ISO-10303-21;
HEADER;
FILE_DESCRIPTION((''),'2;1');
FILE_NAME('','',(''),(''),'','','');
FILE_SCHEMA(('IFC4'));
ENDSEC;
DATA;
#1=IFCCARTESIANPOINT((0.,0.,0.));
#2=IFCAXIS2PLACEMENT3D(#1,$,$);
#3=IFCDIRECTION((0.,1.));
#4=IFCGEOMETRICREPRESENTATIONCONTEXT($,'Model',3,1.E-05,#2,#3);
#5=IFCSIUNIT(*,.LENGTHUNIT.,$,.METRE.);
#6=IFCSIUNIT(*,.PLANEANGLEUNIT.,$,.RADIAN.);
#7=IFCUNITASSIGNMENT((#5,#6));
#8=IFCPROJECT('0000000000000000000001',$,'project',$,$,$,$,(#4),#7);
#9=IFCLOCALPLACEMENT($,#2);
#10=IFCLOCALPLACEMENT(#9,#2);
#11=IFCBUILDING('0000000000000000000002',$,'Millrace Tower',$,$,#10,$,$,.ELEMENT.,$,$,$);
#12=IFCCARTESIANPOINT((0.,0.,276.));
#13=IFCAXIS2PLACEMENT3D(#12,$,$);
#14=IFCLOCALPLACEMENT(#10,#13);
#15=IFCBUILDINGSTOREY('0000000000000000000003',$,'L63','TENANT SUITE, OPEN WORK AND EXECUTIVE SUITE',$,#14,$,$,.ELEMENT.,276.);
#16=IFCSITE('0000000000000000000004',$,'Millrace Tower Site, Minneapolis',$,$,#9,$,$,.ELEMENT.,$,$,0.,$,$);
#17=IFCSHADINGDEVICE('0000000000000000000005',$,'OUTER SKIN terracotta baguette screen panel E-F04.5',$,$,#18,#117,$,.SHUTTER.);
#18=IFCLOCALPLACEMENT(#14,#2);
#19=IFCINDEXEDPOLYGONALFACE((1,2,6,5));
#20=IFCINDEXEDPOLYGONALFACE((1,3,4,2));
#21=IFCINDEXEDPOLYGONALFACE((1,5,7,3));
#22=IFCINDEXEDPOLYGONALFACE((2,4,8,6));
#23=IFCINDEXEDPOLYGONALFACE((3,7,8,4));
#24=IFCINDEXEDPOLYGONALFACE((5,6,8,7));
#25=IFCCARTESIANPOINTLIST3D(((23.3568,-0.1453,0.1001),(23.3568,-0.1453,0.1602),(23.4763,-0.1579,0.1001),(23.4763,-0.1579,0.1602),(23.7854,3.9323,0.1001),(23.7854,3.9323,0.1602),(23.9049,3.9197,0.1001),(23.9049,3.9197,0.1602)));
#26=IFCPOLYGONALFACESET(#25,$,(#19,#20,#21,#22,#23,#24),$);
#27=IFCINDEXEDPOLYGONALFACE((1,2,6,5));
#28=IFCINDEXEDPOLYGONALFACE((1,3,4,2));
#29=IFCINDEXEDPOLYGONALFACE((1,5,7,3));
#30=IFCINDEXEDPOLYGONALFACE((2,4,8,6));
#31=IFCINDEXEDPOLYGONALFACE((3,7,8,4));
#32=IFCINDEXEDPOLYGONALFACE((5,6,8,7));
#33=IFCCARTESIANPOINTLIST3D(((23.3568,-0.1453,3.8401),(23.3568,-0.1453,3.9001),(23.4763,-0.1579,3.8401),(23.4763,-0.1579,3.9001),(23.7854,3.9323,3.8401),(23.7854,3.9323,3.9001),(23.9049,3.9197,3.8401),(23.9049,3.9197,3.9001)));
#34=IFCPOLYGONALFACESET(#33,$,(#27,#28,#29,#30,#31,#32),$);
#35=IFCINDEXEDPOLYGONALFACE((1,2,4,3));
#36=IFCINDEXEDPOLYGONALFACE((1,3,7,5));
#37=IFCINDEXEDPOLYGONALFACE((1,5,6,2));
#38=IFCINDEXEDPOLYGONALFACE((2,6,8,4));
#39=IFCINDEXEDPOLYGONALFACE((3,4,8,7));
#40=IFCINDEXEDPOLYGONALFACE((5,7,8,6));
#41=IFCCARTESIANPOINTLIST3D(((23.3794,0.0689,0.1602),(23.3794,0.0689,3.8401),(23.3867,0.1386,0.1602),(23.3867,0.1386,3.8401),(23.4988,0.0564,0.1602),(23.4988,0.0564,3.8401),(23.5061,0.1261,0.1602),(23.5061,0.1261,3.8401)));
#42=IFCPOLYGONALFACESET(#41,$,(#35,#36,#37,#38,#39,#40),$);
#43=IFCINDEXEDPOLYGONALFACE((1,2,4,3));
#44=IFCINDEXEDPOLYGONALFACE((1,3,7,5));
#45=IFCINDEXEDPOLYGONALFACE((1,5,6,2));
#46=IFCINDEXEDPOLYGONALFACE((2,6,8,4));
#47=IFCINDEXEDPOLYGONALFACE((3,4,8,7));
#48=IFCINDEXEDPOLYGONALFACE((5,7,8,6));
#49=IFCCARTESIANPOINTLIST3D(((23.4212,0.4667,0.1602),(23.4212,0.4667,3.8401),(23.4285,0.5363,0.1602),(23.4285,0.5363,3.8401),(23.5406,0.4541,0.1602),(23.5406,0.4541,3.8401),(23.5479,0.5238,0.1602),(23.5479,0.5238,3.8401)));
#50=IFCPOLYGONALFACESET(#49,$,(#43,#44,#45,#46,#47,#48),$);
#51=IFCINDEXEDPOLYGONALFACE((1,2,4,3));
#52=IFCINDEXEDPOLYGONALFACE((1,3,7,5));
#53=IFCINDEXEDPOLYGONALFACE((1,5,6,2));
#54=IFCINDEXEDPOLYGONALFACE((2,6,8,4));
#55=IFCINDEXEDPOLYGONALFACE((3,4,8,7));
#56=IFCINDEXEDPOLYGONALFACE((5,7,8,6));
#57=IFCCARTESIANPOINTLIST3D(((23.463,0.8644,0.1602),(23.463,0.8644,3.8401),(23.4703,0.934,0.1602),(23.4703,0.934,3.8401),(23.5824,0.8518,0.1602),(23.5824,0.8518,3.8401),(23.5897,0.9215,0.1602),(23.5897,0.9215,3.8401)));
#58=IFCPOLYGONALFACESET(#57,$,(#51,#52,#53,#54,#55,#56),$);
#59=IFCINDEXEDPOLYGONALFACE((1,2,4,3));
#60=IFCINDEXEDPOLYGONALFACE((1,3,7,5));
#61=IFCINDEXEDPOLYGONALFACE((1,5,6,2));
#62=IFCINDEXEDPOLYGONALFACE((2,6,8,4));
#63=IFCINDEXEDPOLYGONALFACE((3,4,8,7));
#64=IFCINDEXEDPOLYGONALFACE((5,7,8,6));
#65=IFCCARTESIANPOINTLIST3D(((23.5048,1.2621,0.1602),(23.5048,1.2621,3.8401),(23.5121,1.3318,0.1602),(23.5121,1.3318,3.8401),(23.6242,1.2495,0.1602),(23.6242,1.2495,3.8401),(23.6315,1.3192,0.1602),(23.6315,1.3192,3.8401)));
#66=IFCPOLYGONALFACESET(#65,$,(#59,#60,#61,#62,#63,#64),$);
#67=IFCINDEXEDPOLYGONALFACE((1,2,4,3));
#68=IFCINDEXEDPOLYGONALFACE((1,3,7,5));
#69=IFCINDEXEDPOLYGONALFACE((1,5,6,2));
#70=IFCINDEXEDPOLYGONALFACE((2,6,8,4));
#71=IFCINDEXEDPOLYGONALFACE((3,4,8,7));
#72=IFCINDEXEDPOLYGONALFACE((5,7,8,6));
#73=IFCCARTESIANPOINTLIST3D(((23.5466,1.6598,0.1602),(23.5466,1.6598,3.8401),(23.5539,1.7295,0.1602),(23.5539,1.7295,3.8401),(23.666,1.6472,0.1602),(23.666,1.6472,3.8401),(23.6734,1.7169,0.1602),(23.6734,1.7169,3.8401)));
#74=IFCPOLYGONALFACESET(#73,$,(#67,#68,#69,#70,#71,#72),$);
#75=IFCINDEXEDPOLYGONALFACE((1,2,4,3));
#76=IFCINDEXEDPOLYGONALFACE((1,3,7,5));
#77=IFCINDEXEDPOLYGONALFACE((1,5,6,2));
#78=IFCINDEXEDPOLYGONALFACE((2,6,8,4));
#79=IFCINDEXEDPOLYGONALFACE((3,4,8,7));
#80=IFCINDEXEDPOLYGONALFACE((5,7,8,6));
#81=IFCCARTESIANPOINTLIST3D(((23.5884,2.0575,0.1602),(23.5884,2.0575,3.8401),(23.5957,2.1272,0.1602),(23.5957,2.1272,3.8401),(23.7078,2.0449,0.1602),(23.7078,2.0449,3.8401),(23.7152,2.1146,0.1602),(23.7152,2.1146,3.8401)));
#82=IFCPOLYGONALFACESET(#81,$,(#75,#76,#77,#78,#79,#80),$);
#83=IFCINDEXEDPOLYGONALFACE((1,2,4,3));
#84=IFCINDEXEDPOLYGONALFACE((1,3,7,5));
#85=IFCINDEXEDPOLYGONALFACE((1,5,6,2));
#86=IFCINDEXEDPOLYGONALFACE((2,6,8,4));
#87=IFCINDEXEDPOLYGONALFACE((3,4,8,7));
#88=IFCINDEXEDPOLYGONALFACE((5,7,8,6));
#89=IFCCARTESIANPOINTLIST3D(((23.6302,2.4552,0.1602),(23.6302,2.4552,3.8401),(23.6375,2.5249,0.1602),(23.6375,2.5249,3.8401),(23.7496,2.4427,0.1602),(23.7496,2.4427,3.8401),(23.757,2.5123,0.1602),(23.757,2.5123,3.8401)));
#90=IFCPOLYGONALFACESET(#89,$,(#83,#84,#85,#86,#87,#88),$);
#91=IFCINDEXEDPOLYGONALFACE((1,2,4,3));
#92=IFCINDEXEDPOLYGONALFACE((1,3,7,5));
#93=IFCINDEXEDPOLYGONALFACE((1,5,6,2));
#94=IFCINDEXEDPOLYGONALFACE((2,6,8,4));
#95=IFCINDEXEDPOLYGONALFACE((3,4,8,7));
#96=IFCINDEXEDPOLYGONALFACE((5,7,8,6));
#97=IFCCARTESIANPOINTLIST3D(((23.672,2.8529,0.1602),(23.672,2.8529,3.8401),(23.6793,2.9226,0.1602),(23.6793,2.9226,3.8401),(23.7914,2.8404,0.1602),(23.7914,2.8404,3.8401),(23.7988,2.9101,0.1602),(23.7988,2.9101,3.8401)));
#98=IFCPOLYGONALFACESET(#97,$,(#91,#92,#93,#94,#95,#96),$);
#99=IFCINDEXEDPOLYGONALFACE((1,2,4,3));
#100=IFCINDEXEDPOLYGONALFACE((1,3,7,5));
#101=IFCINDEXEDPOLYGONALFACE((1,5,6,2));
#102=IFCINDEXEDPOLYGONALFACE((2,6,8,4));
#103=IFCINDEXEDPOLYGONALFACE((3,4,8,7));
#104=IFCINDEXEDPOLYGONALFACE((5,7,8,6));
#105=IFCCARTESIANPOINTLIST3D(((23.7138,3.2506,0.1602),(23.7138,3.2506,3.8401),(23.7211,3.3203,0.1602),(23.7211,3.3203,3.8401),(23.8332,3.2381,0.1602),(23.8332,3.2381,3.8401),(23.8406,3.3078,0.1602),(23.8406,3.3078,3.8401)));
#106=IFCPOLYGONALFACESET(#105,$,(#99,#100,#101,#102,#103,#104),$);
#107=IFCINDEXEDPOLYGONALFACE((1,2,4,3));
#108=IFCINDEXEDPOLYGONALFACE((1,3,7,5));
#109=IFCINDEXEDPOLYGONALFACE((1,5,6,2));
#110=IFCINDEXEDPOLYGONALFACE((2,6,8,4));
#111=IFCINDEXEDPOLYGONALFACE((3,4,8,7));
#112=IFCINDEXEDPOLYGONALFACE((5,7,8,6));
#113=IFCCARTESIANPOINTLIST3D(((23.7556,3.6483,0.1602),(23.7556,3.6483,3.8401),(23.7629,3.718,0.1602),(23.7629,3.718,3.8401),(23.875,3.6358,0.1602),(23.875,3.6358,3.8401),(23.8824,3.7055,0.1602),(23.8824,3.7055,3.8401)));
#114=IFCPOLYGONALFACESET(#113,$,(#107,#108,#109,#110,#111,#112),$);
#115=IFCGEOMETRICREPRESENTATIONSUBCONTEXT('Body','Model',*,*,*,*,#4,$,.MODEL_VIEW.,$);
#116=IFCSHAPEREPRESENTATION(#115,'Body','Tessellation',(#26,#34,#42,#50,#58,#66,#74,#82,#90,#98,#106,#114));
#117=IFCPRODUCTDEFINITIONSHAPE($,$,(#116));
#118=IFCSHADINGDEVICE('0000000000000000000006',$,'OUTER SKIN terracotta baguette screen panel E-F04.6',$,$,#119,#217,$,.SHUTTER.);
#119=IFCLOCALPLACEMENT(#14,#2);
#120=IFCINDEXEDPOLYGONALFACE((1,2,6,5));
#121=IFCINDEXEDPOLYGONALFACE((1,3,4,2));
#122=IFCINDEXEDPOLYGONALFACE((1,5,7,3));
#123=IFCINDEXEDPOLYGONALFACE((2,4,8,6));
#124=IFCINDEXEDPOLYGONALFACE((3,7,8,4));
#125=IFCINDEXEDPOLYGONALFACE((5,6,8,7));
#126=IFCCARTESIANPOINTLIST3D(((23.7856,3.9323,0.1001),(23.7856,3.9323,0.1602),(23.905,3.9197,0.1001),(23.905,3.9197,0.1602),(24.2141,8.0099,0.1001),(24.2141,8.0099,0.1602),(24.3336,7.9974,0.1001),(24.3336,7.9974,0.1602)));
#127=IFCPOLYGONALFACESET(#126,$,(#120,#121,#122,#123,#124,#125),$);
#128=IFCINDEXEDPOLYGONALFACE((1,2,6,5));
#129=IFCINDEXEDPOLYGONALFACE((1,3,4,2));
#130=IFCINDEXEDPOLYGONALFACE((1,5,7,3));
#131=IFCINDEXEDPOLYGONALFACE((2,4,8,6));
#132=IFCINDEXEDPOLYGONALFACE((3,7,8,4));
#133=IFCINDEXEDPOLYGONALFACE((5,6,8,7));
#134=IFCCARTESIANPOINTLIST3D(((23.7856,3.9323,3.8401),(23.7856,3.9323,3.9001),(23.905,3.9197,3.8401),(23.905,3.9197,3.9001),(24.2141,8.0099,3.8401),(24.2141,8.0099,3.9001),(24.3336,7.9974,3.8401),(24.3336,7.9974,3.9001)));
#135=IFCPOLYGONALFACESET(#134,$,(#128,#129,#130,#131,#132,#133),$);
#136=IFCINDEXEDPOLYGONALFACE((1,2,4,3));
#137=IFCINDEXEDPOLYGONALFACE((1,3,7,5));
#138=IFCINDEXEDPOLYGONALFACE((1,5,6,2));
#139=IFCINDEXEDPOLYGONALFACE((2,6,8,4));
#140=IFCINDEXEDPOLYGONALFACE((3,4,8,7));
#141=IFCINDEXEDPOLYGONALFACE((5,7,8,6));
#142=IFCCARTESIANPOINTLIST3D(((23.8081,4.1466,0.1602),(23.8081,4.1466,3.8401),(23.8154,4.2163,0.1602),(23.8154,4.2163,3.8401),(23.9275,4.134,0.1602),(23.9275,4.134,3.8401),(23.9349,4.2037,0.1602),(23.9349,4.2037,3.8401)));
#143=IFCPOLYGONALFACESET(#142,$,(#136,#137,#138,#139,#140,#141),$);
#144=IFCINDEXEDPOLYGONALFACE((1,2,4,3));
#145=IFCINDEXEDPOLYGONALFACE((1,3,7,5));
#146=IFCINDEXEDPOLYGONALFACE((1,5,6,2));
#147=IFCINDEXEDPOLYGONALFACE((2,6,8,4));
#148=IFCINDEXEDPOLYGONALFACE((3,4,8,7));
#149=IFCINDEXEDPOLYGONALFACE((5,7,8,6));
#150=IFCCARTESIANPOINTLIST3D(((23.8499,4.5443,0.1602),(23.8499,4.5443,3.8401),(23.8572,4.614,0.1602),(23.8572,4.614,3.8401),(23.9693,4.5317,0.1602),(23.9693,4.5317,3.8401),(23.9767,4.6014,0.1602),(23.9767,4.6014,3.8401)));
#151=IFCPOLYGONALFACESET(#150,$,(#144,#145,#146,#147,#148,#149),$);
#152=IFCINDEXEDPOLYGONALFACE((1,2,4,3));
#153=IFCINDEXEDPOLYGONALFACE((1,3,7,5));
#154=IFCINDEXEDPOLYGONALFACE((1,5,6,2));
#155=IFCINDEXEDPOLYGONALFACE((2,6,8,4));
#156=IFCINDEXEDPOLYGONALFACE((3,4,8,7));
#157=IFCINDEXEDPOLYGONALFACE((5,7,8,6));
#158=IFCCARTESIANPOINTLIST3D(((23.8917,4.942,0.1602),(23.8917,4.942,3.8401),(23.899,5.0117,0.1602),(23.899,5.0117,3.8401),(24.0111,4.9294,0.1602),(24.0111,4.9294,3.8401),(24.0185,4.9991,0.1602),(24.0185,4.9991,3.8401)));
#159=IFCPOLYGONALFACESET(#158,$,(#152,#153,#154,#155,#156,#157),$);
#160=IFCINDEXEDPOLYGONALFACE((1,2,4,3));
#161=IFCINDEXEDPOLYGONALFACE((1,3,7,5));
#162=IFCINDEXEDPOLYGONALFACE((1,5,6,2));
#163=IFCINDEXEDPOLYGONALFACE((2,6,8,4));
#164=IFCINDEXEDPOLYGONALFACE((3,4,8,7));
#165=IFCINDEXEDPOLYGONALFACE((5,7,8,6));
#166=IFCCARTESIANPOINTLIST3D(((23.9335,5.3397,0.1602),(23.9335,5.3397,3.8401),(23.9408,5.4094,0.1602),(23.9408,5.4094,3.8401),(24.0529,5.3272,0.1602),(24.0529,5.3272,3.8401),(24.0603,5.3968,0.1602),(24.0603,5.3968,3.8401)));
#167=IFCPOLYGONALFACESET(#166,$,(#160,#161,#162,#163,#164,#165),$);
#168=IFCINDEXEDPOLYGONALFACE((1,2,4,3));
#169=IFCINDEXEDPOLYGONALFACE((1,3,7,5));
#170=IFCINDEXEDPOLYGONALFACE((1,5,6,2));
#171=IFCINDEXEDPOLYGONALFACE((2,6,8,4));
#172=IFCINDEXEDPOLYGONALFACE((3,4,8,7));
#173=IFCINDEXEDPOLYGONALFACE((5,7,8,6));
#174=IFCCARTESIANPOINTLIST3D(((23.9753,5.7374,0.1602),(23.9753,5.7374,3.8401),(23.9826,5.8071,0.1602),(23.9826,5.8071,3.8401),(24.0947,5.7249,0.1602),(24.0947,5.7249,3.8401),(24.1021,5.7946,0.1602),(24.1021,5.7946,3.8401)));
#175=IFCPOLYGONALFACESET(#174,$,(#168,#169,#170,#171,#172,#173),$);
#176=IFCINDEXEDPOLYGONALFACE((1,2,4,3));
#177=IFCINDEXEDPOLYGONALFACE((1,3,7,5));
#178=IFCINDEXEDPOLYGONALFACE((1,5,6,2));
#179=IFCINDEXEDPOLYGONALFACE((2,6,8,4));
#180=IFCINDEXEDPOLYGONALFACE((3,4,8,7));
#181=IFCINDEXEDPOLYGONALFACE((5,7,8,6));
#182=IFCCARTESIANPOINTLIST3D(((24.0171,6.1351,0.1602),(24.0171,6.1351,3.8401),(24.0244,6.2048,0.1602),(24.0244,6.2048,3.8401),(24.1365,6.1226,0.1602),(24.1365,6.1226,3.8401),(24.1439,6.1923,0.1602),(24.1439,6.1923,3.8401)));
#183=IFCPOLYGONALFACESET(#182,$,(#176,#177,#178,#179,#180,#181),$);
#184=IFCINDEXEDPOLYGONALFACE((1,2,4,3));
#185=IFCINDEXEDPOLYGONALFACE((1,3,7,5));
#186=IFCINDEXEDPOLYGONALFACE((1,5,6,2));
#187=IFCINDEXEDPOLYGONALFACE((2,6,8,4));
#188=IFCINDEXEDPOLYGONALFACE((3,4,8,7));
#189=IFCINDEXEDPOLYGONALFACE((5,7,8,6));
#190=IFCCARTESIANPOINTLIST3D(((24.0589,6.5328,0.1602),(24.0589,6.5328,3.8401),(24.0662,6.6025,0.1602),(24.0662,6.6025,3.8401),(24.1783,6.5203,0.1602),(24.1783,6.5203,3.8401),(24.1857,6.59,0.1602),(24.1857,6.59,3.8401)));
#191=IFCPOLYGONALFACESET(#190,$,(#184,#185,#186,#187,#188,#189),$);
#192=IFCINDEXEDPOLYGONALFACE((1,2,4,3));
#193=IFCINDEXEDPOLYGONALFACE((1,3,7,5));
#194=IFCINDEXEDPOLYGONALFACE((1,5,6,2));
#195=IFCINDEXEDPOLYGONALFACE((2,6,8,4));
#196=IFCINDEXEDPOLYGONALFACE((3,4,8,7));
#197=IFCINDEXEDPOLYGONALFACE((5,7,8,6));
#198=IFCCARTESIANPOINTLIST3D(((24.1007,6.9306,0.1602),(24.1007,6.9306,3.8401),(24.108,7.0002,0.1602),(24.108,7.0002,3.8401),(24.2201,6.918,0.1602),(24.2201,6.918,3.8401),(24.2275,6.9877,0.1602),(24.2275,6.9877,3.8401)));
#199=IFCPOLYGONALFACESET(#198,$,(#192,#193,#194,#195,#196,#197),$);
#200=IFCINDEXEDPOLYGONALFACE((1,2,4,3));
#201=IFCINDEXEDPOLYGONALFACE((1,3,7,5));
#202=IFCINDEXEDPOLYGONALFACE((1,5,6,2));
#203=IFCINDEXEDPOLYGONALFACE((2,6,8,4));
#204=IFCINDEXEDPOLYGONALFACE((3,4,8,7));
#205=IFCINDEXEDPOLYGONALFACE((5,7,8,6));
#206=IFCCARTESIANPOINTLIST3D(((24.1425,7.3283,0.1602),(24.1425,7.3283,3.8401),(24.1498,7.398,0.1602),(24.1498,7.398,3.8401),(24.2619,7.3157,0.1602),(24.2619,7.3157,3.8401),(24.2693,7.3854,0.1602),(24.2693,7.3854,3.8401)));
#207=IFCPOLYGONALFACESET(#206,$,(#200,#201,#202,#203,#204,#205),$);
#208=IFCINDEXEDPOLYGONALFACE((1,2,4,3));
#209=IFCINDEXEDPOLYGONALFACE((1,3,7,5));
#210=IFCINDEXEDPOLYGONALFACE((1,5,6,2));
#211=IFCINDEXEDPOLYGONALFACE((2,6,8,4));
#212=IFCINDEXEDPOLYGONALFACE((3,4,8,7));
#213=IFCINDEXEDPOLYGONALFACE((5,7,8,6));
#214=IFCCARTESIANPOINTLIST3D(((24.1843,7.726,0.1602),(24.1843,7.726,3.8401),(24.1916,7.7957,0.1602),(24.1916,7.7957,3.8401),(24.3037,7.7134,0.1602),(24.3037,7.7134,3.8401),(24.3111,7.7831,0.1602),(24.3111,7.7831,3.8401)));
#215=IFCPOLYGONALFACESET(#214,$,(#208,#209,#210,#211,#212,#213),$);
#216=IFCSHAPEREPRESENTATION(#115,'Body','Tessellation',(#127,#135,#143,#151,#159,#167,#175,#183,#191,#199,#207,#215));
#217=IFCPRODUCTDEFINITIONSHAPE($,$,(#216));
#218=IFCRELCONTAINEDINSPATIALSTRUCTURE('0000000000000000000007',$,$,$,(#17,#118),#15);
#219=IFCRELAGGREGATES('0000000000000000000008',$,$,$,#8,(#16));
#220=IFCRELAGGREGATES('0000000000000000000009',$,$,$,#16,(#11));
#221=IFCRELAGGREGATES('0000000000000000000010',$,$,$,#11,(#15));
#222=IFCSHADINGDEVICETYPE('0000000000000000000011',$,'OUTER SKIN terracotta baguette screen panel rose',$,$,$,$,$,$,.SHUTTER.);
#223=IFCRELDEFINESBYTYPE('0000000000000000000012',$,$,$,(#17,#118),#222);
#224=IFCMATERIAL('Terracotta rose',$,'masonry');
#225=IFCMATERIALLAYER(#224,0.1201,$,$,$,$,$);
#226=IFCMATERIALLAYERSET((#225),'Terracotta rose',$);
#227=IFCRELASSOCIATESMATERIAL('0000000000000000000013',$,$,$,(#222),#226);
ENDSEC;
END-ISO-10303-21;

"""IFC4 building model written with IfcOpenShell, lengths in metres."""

from ifc_helpers import new_model, entity, si_unit, direction, frame, frame_2d, origin, place, context, subcontext, project, spatial, rectangle, extrude, source, transform, mapped, material, layer, layer_set, type_object, element, save


model = new_model("IFC4")

# Units and contexts
model_context = context("Model", 3, precision=1e-05, world=origin(), true_north=direction((0.0, 1.0)))
body_context = subcontext(model_context, "Body", "Model", "MODEL_VIEW")
ifc_project = project(units=[si_unit("LENGTHUNIT", "METRE"), si_unit("PLANEANGLEUNIT", "RADIAN")], contexts=[model_context])

# Site, building, storey
site_placement = place(None, origin())
site = spatial("IfcSite", under=ifc_project, at=site_placement, Name="Millrace Tower Site, Minneapolis", CompositionType="ELEMENT", RefElevation=0.0)
building_placement = place(site_placement, origin())
building = spatial("IfcBuilding", under=site, at=building_placement, Name="Millrace Tower", CompositionType="ELEMENT")
storey_placement = place(building_placement, frame((0.0, 0.0, 276.0)))
storey = spatial("IfcBuildingStorey", under=building, at=storey_placement, Name="L63", Description="TENANT SUITE, OPEN WORK AND EXECUTIVE SUITE", CompositionType="ELEMENT", Elevation=276.0)

# Shading devices
ifc_material_1 = material(Name="Terracotta rose", Category="masonry")
ifc_layer_1 = layer(ifc_material_1, 0.1201)
ifc_layer_set_1 = layer_set([ifc_layer_1], Name="Terracotta rose")
shading_device_type = type_object("IfcShadingDeviceType", Name="OUTER SKIN terracotta baguette screen panel rose", PredefinedType="SHUTTER", material=ifc_layer_set_1)
cartesian_point = entity("IfcCartesianPoint", [-2.05, 0.0601])
shared_polyline = entity("IfcPolyline", [cartesian_point, entity("IfcCartesianPoint", [2.05, 0.0601]), entity("IfcCartesianPoint", [2.05, -0.0601]), entity("IfcCartesianPoint", [-2.05, -0.0601]), cartesian_point])
shared_shape = source(origin(), body_context, "Body", "SweptSolid", [
    entity("IfcExtrudedAreaSolid", entity("IfcArbitraryClosedProfileDef", "AREA", None, shared_polyline), entity("IfcAxis2Placement3D", entity("IfcCartesianPoint", [0.0, 0.0, 0.0])), entity("IfcDirection", [0.0, 0.0, 1.0]), 0.0601),
    entity("IfcExtrudedAreaSolid", entity("IfcArbitraryClosedProfileDef", "AREA", None, shared_polyline), entity("IfcAxis2Placement3D", entity("IfcCartesianPoint", [0.0, 0.0, 3.74])), entity("IfcDirection", [0.0, 0.0, 1.0]), 0.0601),
    extrude(rectangle(XDim=0.0701, YDim=0.1201, at=frame_2d((-1.7996, 0.0))), frame((0.0, 0.0, 0.0601)), (0.0, 0.0, 1.0), 3.6799),
    extrude(rectangle(XDim=0.0701, YDim=0.1201, at=frame_2d((-1.3997, 0.0))), frame((0.0, 0.0, 0.0601)), (0.0, 0.0, 1.0), 3.6799),
    extrude(rectangle(XDim=0.0701, YDim=0.1201, at=frame_2d((-0.9998, 0.0))), frame((0.0, 0.0, 0.0601)), (0.0, 0.0, 1.0), 3.6799),
    extrude(rectangle(XDim=0.0701, YDim=0.1201, at=frame_2d((-0.5999, 0.0))), frame((0.0, 0.0, 0.0601)), (0.0, 0.0, 1.0), 3.6799),
    extrude(rectangle(XDim=0.0701, YDim=0.1201, at=frame_2d((-0.2, 0.0))), frame((0.0, 0.0, 0.0601)), (0.0, 0.0, 1.0), 3.6799),
    extrude(rectangle(XDim=0.0701, YDim=0.1201, at=frame_2d((0.2, 0.0))), frame((0.0, 0.0, 0.0601)), (0.0, 0.0, 1.0), 3.6799),
    extrude(rectangle(XDim=0.0701, YDim=0.1201, at=frame_2d((0.5999, 0.0))), frame((0.0, 0.0, 0.0601)), (0.0, 0.0, 1.0), 3.6799),
    extrude(rectangle(XDim=0.0701, YDim=0.1201, at=frame_2d((0.9998, 0.0))), frame((0.0, 0.0, 0.0601)), (0.0, 0.0, 1.0), 3.6799),
    extrude(rectangle(XDim=0.0701, YDim=0.1201, at=frame_2d((1.3997, 0.0))), frame((0.0, 0.0, 0.0601)), (0.0, 0.0, 1.0), 3.6799),
    extrude(rectangle(XDim=0.0701, YDim=0.1201, at=frame_2d((1.7996, 0.0))), frame((0.0, 0.0, 0.0601)), (0.0, 0.0, 1.0), 3.6799),
])
for number, where, z_axis, x_axis, name in (
    (1, (23.6309, 1.8872, 0.1001), (0.0, 0.0, 1.0), (0.104528, 0.994522, 0.0), "OUTER SKIN terracotta baguette screen panel E-F04.5"),
    (2, (24.0596, 5.9648, 0.1001), (0.0, 0.0, 1.0), (0.104528, 0.994522, 0.0), "OUTER SKIN terracotta baguette screen panel E-F04.6"),
):
    element("IfcShadingDevice", number, at=place(storey_placement, frame(where, z_axis=z_axis, x_axis=x_axis)), inside=storey, type_object=shading_device_type, Name=name, PredefinedType="SHUTTER", context=body_context, shape_type="MappedRepresentation", body=[
        mapped(shared_shape, transform((0.0, 0.0, 0.0), scale=1.0)),
    ])

save(model, "model.ifc")
